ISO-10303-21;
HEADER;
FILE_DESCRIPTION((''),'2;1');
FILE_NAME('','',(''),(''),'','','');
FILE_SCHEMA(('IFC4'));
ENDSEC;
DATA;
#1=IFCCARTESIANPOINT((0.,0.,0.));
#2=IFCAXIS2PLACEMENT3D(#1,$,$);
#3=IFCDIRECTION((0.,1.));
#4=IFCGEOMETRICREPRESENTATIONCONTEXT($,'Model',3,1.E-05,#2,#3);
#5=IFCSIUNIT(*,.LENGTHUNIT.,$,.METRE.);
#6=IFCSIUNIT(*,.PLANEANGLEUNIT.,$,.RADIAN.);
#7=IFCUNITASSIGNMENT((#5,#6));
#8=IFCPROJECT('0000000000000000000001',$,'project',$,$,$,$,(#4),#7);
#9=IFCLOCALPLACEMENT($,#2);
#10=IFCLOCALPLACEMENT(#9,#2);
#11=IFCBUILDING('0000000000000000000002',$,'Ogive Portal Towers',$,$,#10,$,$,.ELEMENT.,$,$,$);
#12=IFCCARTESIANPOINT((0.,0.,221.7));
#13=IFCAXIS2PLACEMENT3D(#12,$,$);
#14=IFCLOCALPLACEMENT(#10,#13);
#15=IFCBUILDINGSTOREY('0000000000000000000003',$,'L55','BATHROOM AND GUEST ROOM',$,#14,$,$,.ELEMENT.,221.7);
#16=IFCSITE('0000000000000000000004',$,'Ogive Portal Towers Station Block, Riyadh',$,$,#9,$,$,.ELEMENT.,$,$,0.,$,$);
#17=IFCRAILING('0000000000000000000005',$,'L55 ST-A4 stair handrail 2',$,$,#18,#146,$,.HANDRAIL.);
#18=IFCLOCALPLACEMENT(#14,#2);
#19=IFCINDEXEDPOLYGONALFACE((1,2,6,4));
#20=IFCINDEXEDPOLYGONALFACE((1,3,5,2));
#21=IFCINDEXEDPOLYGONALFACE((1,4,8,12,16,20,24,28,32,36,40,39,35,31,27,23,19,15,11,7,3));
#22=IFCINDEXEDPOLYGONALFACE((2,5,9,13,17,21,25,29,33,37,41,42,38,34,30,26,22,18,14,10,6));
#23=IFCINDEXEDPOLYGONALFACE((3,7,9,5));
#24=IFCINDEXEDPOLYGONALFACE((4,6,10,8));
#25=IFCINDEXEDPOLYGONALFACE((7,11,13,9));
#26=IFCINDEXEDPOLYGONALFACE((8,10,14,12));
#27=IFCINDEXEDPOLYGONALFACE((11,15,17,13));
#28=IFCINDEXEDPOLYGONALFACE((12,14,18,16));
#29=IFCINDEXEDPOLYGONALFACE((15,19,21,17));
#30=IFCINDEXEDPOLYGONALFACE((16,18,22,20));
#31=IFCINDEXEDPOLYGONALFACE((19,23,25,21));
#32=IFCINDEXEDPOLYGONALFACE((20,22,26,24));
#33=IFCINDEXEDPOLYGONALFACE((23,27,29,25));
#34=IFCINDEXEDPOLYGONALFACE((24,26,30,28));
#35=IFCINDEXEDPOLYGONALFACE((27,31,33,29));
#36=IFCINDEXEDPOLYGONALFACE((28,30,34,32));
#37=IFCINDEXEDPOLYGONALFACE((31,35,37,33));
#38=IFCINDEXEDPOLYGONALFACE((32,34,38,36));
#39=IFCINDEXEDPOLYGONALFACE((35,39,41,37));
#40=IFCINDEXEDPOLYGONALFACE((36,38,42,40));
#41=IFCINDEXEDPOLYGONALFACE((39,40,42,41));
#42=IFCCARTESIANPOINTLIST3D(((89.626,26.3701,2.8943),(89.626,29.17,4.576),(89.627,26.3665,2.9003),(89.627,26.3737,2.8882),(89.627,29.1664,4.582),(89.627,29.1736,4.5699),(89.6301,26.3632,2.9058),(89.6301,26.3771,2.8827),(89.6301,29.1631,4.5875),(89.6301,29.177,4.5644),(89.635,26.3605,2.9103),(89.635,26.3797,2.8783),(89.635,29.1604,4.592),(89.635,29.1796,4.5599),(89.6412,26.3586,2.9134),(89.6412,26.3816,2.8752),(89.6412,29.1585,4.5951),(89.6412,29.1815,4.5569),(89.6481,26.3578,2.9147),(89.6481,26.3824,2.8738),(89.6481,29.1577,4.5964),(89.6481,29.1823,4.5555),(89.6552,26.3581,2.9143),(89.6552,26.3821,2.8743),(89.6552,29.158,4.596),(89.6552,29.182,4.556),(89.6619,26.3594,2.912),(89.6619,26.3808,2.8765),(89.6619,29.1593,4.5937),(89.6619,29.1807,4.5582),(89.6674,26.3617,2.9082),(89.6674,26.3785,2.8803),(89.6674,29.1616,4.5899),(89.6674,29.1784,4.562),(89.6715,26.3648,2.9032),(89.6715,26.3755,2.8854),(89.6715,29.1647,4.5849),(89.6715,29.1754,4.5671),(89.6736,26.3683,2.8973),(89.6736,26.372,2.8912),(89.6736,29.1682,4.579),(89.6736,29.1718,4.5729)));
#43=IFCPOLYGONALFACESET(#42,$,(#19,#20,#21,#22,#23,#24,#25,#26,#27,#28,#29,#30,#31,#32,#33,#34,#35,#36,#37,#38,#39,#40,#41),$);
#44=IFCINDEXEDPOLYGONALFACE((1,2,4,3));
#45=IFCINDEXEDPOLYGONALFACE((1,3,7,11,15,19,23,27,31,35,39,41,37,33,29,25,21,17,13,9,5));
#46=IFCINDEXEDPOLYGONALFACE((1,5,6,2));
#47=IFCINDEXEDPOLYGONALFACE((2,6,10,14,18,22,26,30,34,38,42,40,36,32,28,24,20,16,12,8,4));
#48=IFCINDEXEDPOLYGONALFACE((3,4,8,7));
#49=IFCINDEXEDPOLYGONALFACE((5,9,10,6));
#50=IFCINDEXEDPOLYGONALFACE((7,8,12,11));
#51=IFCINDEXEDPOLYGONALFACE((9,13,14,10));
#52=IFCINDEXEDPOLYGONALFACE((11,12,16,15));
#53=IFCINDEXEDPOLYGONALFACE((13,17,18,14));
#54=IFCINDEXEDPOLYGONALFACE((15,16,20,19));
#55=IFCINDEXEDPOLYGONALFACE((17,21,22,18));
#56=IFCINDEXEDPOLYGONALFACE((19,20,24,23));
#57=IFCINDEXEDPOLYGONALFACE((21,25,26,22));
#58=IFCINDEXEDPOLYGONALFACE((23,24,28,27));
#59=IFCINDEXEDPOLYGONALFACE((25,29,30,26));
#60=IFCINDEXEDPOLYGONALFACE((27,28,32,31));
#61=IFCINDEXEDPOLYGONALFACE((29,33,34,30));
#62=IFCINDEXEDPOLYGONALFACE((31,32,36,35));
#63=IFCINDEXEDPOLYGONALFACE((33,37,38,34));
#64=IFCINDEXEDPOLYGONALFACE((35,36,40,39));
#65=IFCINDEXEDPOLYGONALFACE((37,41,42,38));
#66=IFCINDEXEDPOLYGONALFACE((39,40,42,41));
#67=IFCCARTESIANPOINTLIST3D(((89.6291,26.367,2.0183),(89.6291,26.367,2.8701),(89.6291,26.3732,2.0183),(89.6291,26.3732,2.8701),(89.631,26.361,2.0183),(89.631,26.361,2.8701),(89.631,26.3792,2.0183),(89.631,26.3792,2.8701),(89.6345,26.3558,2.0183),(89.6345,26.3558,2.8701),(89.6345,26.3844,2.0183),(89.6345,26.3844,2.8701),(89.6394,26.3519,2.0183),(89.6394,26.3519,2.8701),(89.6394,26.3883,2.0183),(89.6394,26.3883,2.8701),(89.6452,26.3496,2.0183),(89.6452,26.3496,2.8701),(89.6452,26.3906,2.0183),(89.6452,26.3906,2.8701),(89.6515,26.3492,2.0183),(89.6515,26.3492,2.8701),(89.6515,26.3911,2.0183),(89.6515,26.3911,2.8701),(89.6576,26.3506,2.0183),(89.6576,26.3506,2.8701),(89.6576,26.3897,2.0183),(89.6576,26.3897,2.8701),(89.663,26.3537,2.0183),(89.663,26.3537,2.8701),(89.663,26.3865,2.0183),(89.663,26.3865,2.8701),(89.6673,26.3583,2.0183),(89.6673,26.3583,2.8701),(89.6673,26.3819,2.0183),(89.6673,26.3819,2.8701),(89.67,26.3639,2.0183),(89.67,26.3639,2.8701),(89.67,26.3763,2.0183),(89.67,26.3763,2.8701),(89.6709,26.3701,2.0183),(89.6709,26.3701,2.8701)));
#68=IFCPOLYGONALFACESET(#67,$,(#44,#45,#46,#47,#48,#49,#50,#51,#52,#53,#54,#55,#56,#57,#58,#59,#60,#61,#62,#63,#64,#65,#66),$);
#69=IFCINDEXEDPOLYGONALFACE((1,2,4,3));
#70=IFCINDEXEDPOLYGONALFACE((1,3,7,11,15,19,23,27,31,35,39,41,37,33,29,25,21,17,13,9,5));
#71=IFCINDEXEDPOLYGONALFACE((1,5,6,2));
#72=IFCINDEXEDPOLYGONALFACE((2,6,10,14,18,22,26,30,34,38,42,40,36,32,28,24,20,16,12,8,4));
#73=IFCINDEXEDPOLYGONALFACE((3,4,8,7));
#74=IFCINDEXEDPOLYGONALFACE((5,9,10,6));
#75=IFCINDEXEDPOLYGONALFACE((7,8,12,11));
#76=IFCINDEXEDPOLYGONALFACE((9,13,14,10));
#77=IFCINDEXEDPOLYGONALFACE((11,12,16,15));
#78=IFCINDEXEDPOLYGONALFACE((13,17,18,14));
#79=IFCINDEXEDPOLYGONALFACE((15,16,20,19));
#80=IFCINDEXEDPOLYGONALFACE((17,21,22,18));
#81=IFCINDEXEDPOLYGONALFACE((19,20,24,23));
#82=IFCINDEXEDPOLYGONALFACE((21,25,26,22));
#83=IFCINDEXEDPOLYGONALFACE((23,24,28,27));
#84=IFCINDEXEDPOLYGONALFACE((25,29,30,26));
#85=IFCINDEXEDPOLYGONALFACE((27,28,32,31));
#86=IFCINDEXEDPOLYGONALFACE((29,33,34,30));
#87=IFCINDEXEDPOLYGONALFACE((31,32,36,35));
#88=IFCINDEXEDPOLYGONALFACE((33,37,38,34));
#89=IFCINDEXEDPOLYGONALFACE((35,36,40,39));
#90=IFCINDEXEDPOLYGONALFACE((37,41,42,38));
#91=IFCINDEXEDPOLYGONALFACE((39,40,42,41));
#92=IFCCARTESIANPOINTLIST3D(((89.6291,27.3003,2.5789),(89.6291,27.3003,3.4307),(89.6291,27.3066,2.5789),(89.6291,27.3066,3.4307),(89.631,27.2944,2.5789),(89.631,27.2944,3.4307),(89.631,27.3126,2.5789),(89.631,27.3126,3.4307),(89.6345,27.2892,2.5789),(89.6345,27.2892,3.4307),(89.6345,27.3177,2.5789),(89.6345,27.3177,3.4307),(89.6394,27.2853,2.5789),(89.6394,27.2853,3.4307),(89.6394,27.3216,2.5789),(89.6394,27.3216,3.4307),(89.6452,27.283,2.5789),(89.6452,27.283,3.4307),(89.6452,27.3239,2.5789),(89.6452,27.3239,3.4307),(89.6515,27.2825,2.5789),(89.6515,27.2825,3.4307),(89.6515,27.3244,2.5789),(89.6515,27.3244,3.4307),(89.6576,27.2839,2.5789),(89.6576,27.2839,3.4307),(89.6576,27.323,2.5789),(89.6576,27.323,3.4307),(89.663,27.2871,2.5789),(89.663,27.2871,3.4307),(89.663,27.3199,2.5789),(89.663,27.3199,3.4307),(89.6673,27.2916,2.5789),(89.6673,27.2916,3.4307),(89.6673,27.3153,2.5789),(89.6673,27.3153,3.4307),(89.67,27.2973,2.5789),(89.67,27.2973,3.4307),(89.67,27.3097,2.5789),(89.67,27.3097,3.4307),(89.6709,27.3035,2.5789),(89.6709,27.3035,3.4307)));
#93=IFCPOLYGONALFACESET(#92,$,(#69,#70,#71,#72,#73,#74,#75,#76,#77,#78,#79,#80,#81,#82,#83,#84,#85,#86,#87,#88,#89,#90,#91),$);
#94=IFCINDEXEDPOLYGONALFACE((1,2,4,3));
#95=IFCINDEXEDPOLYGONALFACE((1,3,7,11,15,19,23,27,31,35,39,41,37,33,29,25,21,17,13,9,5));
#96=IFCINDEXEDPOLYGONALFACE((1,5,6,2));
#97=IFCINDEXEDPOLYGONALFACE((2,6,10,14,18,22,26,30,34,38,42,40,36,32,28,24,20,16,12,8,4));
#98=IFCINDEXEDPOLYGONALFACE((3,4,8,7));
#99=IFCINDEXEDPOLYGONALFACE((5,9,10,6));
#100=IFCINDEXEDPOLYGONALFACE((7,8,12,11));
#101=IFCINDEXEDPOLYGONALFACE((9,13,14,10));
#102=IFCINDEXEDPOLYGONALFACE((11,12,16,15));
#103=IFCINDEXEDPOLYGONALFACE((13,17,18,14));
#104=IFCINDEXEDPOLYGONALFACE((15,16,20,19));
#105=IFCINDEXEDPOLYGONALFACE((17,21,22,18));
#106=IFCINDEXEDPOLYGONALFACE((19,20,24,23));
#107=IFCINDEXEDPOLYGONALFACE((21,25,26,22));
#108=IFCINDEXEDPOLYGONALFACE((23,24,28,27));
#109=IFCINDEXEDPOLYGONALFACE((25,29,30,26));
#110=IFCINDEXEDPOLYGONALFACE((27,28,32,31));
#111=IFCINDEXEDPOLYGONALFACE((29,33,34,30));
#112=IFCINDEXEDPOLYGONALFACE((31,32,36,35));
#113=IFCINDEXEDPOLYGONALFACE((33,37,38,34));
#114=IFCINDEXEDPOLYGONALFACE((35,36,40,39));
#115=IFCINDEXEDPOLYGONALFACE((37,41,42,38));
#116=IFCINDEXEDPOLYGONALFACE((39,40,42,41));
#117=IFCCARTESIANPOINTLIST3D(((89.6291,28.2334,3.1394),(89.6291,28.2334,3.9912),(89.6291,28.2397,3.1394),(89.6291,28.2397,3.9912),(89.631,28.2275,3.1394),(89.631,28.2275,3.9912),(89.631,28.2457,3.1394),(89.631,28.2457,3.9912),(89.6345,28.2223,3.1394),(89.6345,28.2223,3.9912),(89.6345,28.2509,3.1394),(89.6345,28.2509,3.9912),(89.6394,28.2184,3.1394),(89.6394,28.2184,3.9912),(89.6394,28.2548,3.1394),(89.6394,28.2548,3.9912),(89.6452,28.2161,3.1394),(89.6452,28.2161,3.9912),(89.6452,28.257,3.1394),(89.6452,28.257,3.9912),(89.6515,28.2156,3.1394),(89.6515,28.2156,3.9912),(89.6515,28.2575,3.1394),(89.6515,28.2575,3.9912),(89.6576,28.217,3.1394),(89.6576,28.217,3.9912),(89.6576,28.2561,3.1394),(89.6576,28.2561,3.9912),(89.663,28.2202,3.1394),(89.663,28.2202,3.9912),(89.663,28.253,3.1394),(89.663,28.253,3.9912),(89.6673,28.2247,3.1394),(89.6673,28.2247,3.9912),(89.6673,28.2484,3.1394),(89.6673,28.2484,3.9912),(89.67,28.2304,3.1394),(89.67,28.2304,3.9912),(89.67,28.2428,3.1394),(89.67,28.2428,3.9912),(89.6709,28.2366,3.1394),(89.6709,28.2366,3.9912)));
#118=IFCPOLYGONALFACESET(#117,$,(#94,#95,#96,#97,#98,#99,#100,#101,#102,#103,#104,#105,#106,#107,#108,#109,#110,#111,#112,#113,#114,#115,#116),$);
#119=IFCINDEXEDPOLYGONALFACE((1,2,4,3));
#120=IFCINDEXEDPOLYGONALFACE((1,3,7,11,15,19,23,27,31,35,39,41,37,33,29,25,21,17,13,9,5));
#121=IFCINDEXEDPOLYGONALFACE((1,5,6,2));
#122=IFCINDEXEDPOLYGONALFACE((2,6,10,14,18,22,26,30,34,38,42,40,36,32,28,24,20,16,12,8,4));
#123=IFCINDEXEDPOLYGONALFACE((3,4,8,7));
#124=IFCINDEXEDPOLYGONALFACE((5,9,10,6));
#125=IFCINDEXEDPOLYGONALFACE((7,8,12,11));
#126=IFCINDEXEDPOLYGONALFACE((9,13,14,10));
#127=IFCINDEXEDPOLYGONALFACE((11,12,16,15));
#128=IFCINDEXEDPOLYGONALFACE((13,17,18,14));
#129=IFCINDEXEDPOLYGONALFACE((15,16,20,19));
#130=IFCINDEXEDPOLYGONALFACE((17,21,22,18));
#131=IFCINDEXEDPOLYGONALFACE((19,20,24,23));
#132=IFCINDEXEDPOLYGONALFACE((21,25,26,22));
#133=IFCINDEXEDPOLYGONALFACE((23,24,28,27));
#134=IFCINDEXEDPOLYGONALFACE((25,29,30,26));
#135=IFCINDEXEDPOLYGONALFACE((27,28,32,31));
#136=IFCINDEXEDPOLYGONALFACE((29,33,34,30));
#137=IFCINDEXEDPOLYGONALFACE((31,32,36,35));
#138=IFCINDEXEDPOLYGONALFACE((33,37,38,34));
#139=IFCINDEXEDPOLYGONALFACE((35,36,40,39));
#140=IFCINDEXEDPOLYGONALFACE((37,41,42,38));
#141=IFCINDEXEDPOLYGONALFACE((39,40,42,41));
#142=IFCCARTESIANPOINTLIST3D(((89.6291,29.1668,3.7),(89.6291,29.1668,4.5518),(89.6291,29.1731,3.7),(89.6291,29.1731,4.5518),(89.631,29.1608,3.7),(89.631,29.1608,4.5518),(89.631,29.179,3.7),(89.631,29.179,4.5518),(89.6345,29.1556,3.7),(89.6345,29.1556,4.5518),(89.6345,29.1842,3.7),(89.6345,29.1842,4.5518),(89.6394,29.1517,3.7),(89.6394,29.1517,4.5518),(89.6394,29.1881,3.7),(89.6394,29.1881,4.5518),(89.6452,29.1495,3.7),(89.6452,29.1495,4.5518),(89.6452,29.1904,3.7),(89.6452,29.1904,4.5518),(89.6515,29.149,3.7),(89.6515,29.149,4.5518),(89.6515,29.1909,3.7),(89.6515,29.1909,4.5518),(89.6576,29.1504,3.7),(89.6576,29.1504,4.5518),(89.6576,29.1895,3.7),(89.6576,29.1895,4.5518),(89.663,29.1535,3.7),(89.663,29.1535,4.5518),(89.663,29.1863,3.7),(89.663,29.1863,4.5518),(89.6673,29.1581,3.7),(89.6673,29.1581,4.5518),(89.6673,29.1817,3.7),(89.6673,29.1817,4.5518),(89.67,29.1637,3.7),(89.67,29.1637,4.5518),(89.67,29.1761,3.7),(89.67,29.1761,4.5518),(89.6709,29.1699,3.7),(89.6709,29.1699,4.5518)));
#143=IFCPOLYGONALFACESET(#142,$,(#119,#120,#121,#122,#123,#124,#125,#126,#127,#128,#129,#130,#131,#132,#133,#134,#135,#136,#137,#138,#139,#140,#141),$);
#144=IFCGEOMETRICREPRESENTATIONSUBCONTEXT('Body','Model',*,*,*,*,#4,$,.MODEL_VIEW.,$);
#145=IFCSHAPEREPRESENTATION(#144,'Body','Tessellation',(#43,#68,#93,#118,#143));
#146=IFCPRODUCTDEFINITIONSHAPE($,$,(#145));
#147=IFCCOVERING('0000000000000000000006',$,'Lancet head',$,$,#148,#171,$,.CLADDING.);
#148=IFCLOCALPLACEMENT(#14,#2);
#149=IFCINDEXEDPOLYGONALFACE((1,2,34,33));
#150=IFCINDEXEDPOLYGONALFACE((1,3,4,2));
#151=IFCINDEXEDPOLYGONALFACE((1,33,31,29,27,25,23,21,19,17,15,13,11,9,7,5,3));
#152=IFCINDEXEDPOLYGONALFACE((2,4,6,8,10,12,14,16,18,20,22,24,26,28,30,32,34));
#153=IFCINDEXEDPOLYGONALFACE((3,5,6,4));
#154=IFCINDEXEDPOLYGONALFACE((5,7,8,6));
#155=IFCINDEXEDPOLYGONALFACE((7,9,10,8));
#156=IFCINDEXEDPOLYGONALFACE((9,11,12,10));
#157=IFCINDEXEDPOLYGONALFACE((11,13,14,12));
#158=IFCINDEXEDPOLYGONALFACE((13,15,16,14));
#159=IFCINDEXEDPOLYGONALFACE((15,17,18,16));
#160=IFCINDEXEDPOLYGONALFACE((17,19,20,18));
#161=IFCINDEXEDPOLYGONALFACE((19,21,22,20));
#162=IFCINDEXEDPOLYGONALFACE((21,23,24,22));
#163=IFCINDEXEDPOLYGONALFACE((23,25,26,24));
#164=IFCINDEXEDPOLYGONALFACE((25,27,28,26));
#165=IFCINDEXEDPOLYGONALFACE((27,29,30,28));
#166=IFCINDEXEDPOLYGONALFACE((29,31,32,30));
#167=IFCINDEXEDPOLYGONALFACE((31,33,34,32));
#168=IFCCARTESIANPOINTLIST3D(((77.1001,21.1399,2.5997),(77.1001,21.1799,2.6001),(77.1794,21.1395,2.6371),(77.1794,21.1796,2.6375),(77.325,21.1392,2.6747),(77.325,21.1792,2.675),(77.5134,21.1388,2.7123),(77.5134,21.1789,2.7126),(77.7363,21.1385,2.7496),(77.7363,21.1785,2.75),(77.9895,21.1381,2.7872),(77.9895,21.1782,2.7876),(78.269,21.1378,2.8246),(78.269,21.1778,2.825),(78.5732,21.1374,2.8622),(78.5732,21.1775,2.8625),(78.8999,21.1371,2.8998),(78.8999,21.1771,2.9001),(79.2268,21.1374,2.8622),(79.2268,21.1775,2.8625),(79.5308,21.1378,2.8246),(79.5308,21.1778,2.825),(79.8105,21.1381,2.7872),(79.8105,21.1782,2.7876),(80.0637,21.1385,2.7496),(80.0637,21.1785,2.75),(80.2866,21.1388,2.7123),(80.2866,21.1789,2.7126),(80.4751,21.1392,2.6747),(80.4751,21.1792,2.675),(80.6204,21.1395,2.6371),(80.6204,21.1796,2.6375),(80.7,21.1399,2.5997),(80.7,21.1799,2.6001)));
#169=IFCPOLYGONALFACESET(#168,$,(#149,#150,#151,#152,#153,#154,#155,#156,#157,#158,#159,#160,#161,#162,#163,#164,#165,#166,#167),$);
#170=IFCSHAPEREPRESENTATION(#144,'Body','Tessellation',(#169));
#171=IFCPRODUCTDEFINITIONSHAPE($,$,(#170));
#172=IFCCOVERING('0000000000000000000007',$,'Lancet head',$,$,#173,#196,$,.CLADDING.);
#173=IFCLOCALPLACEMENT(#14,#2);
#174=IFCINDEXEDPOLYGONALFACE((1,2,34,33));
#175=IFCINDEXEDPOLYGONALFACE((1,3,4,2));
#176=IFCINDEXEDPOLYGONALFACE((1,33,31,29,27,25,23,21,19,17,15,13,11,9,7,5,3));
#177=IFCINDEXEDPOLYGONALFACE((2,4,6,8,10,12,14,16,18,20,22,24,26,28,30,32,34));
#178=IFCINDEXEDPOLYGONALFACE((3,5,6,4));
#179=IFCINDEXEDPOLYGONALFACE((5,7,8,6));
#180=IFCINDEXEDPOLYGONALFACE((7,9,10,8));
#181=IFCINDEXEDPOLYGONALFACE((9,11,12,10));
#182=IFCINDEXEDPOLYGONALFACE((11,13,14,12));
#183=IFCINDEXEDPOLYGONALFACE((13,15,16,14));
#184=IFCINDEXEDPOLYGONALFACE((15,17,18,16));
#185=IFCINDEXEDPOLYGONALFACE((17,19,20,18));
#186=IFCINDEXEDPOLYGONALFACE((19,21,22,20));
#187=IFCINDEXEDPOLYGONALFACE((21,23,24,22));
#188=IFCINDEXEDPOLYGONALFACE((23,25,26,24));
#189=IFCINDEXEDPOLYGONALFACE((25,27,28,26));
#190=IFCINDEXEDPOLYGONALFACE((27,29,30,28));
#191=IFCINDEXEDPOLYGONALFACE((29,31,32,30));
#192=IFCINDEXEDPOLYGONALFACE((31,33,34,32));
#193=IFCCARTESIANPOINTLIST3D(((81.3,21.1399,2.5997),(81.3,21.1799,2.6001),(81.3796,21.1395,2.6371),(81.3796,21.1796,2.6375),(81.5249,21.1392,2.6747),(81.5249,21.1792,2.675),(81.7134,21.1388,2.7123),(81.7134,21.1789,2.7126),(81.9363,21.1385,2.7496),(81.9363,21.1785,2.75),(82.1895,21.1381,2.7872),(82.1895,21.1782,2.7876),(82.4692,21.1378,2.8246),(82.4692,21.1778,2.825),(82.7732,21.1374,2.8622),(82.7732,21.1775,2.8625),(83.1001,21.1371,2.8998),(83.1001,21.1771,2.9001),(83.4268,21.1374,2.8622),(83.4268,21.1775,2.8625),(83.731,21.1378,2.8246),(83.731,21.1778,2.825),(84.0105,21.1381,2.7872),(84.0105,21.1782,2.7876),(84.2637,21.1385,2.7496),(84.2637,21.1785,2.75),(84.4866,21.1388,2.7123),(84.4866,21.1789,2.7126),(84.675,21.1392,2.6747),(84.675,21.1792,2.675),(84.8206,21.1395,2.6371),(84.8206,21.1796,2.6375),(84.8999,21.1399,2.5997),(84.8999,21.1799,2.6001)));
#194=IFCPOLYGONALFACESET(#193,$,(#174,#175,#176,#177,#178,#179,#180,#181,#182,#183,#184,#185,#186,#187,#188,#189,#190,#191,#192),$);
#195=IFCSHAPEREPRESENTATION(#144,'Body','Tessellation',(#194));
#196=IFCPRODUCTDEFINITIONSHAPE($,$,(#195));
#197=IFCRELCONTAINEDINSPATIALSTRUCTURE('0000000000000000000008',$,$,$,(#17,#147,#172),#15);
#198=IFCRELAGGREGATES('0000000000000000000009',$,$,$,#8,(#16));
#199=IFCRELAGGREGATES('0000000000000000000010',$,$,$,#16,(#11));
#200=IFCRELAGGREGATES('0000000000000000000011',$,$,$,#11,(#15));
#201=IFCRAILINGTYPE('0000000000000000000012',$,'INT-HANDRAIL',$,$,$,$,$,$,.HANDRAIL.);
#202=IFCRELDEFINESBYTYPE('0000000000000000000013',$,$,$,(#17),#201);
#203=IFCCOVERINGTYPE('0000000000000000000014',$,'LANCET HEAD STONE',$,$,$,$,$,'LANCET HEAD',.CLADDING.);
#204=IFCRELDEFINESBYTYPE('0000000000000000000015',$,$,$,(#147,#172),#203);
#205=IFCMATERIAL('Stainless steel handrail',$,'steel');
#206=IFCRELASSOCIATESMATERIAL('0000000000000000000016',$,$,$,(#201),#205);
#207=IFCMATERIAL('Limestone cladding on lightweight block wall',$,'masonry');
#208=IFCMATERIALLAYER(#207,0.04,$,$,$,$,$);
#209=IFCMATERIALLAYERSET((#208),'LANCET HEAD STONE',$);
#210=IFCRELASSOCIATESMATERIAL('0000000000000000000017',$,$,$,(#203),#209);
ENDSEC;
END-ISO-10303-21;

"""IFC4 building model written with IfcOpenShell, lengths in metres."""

from ifc_helpers import new_model, si_unit, direction, frame, origin, origin_2d, place, context, subcontext, project, spatial, polyline, circle, outline, extrude, material, layer, layer_set, type_object, element, save


model = new_model("IFC4")

# Units and contexts
model_context = context("Model", 3, precision=1e-05, world=origin(), true_north=direction((0.0, 1.0)))
body_context = subcontext(model_context, "Body", "Model", "MODEL_VIEW")
ifc_project = project(units=[si_unit("LENGTHUNIT", "METRE"), si_unit("PLANEANGLEUNIT", "RADIAN")], contexts=[model_context])

# Site, building, storey
site_placement = place(None, origin())
site = spatial("IfcSite", under=ifc_project, at=site_placement, Name="Ogive Portal Towers Station Block, Riyadh", CompositionType="ELEMENT", RefElevation=0.0)
building_placement = place(site_placement, origin())
building = spatial("IfcBuilding", under=site, at=building_placement, Name="Ogive Portal Towers", CompositionType="ELEMENT")
storey_placement = place(building_placement, frame((0.0, 0.0, 221.7)))
storey = spatial("IfcBuildingStorey", under=building, at=storey_placement, Name="L55", Description="BATHROOM AND GUEST ROOM", CompositionType="ELEMENT", Elevation=221.7)

# Railing
ifc_material_1 = material(Name="Stainless steel handrail", Category="steel")
railing_type_1 = type_object("IfcRailingType", Name="INT-HANDRAIL", PredefinedType="HANDRAIL", material=ifc_material_1)
railing_1_placement = place(storey_placement, frame((89.6499, 26.3701, 2.0183)))
element("IfcRailing", 1, at=railing_1_placement, inside=storey, type_object=railing_type_1, Name="L55 ST-A4 stair handrail 2", PredefinedType="HANDRAIL", context=body_context, shape_type="SweptSolid", body=[
    extrude(circle(Radius=0.0239, at=origin_2d()), frame((0.0, 0.0, 0.876), z_axis=(0.0, 0.857255, 0.514891), x_axis=(-1.0, 0.0, 0.0)), (0.0, 0.0, 1.0), 3.2661),
    extrude(circle(Radius=0.021, at=origin_2d()), origin(), (0.0, 0.0, 1.0), 0.8518),
    extrude(circle(Radius=0.021, at=origin_2d()), frame((0.0, 0.9333, 0.5605)), (0.0, 0.0, 1.0), 0.8518),
    extrude(circle(Radius=0.021, at=origin_2d()), frame((0.0, 1.8665, 1.1211)), (0.0, 0.0, 1.0), 0.8518),
    extrude(circle(Radius=0.021, at=origin_2d()), frame((0.0, 2.7998, 1.6816)), (0.0, 0.0, 1.0), 0.8518),
])

# Coverings
ifc_material_2 = material(Name="Limestone cladding on lightweight block wall", Category="masonry")
ifc_layer_1 = layer(ifc_material_2, 0.04)
ifc_layer_set_1 = layer_set([ifc_layer_1], Name="LANCET HEAD STONE")
covering_type = type_object("IfcCoveringType", Name="LANCET HEAD STONE", ElementType="LANCET HEAD", PredefinedType="CLADDING", material=ifc_layer_set_1)
covering_1_placement = place(storey_placement, frame((77.1001, 21.1799, 2.6001), z_axis=(0.0, 0.999956, 0.009428), x_axis=(1.0, 0.0, 0.0)))
element("IfcCovering", 2, at=covering_1_placement, inside=storey, type_object=covering_type, Name="Lancet head", PredefinedType="CLADDING", context=body_context, shape_type="SweptSolid", body=[
    extrude(outline(polyline([(0.0, 0.0), (3.5999, 0.0), (3.5203, -0.0374), (3.375, -0.075), (3.1865, -0.1126), (2.9636, -0.1499), (2.7104, -0.1875), (2.4307, -0.2249), (2.1267, -0.2625), (1.7998, -0.3001), (1.4731, -0.2625), (1.1689, -0.2249), (0.8894, -0.1875), (0.6362, -0.1499), (0.4133, -0.1126), (0.2249, -0.075), (0.0793, -0.0374), (0.0, 0.0)])), origin(), (0.0, 0.0, -1.0), 0.04),
])
covering_2_placement = place(storey_placement, frame((81.3, 21.1799, 2.6001), z_axis=(0.0, 0.999956, 0.009428), x_axis=(1.0, 0.0, 0.0)))
element("IfcCovering", 3, at=covering_2_placement, inside=storey, type_object=covering_type, Name="Lancet head", PredefinedType="CLADDING", context=body_context, shape_type="SweptSolid", body=[
    extrude(outline(polyline([(0.0, 0.0), (3.5999, 0.0), (3.5205, -0.0374), (3.375, -0.075), (3.1865, -0.1126), (2.9636, -0.1499), (2.7104, -0.1875), (2.4309, -0.2249), (2.1267, -0.2625), (1.8, -0.3001), (1.4731, -0.2625), (1.1692, -0.2249), (0.8894, -0.1875), (0.6362, -0.1499), (0.4133, -0.1126), (0.2249, -0.075), (0.0796, -0.0374), (0.0, 0.0)])), origin(), (0.0, 0.0, -1.0), 0.04),
])

save(model, "model.ifc")
